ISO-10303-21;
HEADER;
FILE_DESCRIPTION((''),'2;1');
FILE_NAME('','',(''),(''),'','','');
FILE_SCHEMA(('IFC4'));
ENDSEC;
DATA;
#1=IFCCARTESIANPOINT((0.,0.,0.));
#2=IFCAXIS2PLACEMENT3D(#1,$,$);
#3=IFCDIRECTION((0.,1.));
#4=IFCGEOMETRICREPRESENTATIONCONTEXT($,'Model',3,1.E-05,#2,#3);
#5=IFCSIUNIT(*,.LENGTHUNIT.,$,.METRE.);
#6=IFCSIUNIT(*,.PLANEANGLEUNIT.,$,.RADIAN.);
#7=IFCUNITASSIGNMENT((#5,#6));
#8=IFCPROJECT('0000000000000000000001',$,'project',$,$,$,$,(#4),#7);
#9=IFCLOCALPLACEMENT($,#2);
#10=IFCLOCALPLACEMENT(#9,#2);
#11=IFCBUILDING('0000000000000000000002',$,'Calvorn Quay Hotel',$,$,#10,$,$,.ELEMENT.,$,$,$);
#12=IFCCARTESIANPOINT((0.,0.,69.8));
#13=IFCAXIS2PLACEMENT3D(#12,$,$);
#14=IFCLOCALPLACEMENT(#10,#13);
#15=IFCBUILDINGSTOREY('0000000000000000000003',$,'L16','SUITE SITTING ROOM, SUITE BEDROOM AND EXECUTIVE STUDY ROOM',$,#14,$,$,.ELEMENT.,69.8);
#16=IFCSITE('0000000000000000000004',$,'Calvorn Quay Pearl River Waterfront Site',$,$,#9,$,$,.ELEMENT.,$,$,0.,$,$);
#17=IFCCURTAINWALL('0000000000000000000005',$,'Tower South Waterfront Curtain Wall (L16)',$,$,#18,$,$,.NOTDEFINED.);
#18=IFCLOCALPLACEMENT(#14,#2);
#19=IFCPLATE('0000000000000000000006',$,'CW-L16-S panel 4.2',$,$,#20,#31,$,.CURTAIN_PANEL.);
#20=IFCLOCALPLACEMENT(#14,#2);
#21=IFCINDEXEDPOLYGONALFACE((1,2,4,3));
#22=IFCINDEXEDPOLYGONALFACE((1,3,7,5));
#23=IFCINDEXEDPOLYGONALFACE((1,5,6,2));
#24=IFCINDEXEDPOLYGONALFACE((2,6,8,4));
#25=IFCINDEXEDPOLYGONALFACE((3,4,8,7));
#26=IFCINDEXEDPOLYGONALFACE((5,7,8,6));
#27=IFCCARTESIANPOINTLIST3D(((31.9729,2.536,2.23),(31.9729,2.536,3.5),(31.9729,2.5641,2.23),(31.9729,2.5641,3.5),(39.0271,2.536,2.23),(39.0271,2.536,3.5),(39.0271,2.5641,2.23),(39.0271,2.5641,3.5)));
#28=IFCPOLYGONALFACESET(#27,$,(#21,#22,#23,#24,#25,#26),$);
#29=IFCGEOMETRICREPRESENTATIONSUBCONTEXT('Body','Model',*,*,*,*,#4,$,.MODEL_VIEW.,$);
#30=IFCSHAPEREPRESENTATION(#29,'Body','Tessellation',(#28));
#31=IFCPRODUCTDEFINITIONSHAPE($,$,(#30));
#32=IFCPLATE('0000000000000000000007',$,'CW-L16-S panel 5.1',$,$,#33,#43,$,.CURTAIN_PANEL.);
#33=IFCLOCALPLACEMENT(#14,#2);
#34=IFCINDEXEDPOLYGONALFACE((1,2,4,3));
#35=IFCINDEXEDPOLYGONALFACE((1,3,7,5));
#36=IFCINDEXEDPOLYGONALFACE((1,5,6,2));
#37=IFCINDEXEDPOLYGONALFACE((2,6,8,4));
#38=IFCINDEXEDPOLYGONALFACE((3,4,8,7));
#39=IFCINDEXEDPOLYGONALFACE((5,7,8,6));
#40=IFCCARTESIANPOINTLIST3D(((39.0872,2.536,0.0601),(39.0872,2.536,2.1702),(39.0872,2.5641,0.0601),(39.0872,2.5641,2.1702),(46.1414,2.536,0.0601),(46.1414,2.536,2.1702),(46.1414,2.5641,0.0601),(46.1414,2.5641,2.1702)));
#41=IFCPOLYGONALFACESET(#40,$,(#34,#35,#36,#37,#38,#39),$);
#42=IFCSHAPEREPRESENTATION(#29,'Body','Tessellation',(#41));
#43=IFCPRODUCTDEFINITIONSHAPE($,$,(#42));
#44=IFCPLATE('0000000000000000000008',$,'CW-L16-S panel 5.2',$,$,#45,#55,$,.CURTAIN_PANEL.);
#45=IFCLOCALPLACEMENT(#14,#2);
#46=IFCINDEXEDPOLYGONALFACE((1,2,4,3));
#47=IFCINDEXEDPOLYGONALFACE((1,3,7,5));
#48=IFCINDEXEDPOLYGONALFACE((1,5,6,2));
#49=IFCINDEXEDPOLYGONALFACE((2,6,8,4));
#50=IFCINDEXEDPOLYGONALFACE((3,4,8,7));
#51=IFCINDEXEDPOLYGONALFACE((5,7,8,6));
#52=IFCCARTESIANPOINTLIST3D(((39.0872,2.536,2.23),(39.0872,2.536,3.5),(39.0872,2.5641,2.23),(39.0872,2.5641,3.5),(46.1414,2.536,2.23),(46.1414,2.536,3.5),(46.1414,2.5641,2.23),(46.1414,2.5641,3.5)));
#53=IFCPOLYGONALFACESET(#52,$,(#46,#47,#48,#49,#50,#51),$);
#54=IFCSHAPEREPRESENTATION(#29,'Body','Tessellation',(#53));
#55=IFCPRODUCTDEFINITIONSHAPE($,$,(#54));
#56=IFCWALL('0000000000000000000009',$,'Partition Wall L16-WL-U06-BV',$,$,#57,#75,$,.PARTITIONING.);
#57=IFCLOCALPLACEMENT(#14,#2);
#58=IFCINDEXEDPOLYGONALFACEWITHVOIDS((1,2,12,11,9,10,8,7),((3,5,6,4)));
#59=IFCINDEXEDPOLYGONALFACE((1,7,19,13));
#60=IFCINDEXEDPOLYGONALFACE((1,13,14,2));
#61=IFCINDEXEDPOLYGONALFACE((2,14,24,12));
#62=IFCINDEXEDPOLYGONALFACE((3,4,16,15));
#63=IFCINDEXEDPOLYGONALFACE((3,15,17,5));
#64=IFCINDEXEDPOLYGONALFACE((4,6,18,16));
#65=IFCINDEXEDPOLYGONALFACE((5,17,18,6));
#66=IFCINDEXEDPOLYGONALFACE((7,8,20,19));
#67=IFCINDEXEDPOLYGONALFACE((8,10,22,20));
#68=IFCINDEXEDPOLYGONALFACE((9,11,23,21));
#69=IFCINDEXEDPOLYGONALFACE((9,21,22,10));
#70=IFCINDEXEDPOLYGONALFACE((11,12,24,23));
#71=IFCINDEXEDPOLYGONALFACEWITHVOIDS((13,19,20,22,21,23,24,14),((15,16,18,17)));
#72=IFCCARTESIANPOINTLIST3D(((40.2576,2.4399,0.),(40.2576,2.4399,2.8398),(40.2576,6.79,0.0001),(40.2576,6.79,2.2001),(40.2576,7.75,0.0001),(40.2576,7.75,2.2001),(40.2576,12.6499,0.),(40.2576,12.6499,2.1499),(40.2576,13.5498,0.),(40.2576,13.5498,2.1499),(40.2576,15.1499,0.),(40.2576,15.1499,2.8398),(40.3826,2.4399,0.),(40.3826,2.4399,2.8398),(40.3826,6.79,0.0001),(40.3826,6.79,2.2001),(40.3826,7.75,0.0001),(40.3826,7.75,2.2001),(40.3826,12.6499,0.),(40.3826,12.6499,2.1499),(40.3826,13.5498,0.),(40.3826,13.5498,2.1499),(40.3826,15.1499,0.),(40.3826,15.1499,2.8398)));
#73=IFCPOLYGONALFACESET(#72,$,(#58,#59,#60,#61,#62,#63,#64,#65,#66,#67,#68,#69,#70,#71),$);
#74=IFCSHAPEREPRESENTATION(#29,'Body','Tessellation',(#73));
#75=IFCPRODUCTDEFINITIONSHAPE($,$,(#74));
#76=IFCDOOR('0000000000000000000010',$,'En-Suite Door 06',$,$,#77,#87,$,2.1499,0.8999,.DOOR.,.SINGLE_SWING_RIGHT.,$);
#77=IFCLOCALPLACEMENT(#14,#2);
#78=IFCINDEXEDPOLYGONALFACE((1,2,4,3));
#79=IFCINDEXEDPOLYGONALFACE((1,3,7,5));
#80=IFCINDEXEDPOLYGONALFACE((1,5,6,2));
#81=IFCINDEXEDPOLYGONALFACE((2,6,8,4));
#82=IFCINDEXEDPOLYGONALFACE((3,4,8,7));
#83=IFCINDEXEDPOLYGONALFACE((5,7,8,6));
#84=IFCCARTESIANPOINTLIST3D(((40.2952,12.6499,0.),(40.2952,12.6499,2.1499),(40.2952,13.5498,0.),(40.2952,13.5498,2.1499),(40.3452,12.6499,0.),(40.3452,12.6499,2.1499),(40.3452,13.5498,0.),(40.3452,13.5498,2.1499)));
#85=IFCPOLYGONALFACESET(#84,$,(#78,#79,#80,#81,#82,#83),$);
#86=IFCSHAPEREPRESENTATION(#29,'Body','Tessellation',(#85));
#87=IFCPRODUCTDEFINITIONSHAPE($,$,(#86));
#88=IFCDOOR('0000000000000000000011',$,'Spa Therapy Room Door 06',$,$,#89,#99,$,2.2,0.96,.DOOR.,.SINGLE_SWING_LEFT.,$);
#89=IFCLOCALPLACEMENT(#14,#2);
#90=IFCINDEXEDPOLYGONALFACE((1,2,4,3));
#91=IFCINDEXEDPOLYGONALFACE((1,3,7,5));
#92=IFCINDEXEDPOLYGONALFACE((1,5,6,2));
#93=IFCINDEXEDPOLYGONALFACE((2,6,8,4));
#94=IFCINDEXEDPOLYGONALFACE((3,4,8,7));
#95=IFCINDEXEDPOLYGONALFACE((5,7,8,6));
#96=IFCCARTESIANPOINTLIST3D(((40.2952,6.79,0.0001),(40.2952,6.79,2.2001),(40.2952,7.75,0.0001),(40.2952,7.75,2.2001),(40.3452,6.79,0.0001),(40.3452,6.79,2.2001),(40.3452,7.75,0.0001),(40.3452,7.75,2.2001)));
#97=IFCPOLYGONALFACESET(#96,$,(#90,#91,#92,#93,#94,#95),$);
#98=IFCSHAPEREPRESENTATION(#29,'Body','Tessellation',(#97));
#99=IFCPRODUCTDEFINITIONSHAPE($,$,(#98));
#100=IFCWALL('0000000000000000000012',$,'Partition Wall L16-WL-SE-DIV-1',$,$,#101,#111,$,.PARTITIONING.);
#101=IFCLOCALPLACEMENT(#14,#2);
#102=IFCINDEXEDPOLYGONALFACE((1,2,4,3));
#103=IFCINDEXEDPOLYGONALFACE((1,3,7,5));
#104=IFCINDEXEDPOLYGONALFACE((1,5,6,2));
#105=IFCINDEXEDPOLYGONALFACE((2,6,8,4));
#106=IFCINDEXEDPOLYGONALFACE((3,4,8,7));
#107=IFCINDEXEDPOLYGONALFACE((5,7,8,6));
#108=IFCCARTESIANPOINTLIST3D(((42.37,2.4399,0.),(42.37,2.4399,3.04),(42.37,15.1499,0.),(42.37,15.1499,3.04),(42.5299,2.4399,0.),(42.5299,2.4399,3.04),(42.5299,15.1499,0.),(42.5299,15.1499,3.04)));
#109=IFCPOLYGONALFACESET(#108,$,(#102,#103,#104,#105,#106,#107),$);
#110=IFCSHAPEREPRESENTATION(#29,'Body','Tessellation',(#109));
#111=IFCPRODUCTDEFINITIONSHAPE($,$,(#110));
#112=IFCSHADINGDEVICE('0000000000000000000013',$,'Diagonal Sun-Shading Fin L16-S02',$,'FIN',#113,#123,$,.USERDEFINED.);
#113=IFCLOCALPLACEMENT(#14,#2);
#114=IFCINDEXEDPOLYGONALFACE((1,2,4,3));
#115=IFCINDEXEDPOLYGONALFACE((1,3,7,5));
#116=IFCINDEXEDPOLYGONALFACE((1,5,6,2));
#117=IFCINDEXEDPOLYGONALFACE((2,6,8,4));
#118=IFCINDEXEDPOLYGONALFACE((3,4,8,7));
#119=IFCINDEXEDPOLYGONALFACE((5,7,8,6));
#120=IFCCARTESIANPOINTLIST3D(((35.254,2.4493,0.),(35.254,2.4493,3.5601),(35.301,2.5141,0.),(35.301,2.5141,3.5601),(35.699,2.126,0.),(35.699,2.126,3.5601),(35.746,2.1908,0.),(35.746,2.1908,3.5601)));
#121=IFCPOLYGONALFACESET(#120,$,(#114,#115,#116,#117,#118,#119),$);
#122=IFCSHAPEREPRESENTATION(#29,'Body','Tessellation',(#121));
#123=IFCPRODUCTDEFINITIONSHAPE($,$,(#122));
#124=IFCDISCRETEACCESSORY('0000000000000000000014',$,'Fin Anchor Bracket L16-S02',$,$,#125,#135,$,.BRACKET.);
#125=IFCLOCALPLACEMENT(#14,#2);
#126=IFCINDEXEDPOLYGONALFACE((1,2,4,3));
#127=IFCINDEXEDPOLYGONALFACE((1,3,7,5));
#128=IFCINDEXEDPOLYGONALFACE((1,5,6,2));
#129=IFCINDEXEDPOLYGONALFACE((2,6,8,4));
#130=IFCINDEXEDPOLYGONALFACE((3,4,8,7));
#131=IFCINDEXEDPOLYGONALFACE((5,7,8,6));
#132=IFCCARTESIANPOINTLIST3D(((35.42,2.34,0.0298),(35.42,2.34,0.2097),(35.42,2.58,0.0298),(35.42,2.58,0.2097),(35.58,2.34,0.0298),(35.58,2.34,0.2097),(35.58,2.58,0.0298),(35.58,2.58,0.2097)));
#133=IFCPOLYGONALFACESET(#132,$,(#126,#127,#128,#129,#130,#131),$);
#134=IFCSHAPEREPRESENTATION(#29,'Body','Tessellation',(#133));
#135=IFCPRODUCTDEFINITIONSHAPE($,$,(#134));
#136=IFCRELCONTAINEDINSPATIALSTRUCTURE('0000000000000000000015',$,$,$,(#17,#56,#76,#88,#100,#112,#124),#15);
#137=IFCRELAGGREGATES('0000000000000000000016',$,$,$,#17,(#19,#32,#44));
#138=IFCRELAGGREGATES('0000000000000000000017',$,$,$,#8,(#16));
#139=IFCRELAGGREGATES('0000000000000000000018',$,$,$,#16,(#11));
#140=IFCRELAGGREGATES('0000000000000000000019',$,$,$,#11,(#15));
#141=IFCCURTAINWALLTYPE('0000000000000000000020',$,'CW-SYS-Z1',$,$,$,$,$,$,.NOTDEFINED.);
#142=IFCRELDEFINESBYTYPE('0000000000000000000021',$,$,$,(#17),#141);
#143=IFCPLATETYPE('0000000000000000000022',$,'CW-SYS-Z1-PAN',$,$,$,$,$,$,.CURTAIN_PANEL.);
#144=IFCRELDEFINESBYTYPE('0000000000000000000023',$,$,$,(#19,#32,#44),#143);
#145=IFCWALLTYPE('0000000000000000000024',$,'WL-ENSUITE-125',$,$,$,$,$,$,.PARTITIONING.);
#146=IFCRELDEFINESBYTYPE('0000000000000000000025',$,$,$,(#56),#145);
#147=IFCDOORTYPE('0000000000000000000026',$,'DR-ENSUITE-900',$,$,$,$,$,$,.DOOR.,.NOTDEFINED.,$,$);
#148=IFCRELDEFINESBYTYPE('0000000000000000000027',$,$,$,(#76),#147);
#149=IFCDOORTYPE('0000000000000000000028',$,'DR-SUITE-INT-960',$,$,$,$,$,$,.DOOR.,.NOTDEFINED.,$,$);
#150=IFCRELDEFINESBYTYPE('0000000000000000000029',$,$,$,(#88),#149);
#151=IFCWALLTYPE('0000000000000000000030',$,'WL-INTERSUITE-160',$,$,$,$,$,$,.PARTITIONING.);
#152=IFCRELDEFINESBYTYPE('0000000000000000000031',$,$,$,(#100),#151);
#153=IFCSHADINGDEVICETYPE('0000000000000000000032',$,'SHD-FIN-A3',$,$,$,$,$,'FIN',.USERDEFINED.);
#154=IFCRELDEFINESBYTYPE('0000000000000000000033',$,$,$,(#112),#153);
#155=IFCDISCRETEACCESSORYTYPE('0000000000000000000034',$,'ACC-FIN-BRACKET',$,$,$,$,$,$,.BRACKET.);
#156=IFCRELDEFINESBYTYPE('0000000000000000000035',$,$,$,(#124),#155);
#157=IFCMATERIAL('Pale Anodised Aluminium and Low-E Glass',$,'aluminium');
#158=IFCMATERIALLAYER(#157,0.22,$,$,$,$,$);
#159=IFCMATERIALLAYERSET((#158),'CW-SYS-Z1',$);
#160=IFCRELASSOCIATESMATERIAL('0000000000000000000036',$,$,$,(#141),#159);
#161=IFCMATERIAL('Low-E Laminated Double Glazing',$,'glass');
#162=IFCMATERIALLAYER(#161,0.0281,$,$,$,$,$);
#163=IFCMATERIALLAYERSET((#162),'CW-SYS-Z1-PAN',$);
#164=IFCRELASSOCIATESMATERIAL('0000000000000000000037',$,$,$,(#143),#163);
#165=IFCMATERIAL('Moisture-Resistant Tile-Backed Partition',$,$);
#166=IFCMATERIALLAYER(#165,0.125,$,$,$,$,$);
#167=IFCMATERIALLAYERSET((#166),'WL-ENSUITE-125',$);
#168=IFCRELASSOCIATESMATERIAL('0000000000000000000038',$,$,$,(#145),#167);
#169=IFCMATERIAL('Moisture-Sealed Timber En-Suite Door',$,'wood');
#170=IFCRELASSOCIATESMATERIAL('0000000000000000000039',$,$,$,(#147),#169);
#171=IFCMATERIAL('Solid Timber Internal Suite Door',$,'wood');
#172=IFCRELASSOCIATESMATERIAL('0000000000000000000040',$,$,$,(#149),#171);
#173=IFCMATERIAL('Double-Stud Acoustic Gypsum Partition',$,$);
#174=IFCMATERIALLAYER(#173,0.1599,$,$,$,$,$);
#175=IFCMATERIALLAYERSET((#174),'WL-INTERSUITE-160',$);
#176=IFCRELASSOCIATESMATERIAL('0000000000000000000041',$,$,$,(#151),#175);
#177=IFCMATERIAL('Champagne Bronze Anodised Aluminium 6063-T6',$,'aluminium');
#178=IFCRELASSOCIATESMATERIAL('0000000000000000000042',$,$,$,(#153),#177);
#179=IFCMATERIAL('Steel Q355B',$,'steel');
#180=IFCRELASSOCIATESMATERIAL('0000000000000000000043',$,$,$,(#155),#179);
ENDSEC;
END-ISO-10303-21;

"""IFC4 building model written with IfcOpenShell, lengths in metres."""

from ifc_helpers import new_model, si_unit, direction, frame, frame_2d, origin, origin_2d, place, context, subcontext, project, spatial, rectangle, extrude, material, layer, layer_set, type_object, element, fill, aggregate, save


model = new_model("IFC4")

# Units and contexts
model_context = context("Model", 3, precision=1e-05, world=origin(), true_north=direction((0.0, 1.0)))
body_context = subcontext(model_context, "Body", "Model", "MODEL_VIEW")
ifc_project = project(units=[si_unit("LENGTHUNIT", "METRE"), si_unit("PLANEANGLEUNIT", "RADIAN")], contexts=[model_context])

# Site, building, storey
site_placement = place(None, origin())
site = spatial("IfcSite", under=ifc_project, at=site_placement, Name="Calvorn Quay Pearl River Waterfront Site", CompositionType="ELEMENT", RefElevation=0.0)
building_placement = place(site_placement, origin())
building = spatial("IfcBuilding", under=site, at=building_placement, Name="Calvorn Quay Hotel", CompositionType="ELEMENT")
storey_placement = place(building_placement, frame((0.0, 0.0, 69.8)))
storey = spatial("IfcBuildingStorey", under=building, at=storey_placement, Name="L16", Description="SUITE SITTING ROOM, SUITE BEDROOM AND EXECUTIVE STUDY ROOM", CompositionType="ELEMENT", Elevation=69.8)

# Curtain wall, plates
ifc_material_1 = material(Name="Pale Anodised Aluminium and Low-E Glass", Category="aluminium")
ifc_layer_1 = layer(ifc_material_1, 0.22)
ifc_layer_set_1 = layer_set([ifc_layer_1], Name="CW-SYS-Z1")
curtain_wall_type = type_object("IfcCurtainWallType", Name="CW-SYS-Z1", PredefinedType="NOTDEFINED", material=ifc_layer_set_1)
curtain_wall_placement = place(storey_placement, origin())
curtain_wall = element("IfcCurtainWall", 1, at=curtain_wall_placement, inside=storey, type_object=curtain_wall_type, Name="Tower South Waterfront Curtain Wall (L16)", PredefinedType="NOTDEFINED")
ifc_material_2 = material(Name="Low-E Laminated Double Glazing", Category="glass")
ifc_layer_2 = layer(ifc_material_2, 0.0281)
ifc_layer_set_2 = layer_set([ifc_layer_2], Name="CW-SYS-Z1-PAN")
plate_type = type_object("IfcPlateType", Name="CW-SYS-Z1-PAN", PredefinedType="CURTAIN_PANEL", material=ifc_layer_set_2)
plate_1_placement = place(storey_placement, frame((35.5, 2.55, 2.23), z_axis=(0.0, 0.0, 1.0), x_axis=(1.0, 0.0, 0.0)))
plate_1 = element("IfcPlate", 2, at=plate_1_placement, type_object=plate_type, Name="CW-L16-S panel 4.2", PredefinedType="CURTAIN_PANEL", context=body_context, shape_type="SweptSolid", body=[
    extrude(rectangle(XDim=7.0542, YDim=0.0281, at=origin_2d()), origin(), (0.0, 0.0, 1.0), 1.27),
])
plate_2_placement = place(storey_placement, frame((42.6143, 2.55, 0.0601), z_axis=(0.0, 0.0, 1.0), x_axis=(1.0, 0.0, 0.0)))
plate_2 = element("IfcPlate", 3, at=plate_2_placement, type_object=plate_type, Name="CW-L16-S panel 5.1", PredefinedType="CURTAIN_PANEL", context=body_context, shape_type="SweptSolid", body=[
    extrude(rectangle(XDim=7.0542, YDim=0.0281, at=origin_2d()), origin(), (0.0, 0.0, 1.0), 2.1101),
])
plate_3_placement = place(storey_placement, frame((42.6143, 2.55, 2.23), z_axis=(0.0, 0.0, 1.0), x_axis=(1.0, 0.0, 0.0)))
plate_3 = element("IfcPlate", 4, at=plate_3_placement, type_object=plate_type, Name="CW-L16-S panel 5.2", PredefinedType="CURTAIN_PANEL", context=body_context, shape_type="SweptSolid", body=[
    extrude(rectangle(XDim=7.0542, YDim=0.0281, at=origin_2d()), origin(), (0.0, 0.0, 1.0), 1.27),
])
aggregate(curtain_wall, [plate_1, plate_2, plate_3])

# Wall, openings, doors
ifc_material_3 = material(Name="Moisture-Resistant Tile-Backed Partition")
ifc_layer_3 = layer(ifc_material_3, 0.125)
ifc_layer_set_3 = layer_set([ifc_layer_3], Name="WL-ENSUITE-125")
wall_type_1 = type_object("IfcWallType", Name="WL-ENSUITE-125", PredefinedType="PARTITIONING", material=ifc_layer_set_3)
wall_1_placement = place(storey_placement, frame((40.3201, 2.4399, 0.0), z_axis=(0.0, 0.0, 1.0), x_axis=(0.0, 1.0, 0.0)))
wall_1 = element("IfcWall", 5, at=wall_1_placement, inside=storey, type_object=wall_type_1, Name="Partition Wall L16-WL-U06-BV", PredefinedType="PARTITIONING", context=body_context, shape_type="SweptSolid", body=[
    extrude(rectangle(XDim=12.71, YDim=0.125, at=frame_2d((6.355, 0.0))), origin(), (0.0, 0.0, 1.0), 2.8398),
])
opening_1_placement = place(wall_1_placement, frame((4.3501, 0.0, 0.0)))
opening_1 = element("IfcOpeningElement", 6, at=opening_1_placement, cuts=wall_1, PredefinedType="OPENING", context=body_context, shape_type="SweptSolid", body=[
    extrude(rectangle(XDim=0.96, YDim=2.2, at=frame_2d((0.48, 1.1001))), frame((0.0, 0.0725, 0.0), z_axis=(0.0, -1.0, 0.0), x_axis=(1.0, 0.0, 0.0)), (0.0, 0.0, 1.0), 0.145),
])
opening_2_placement = place(wall_1_placement, frame((10.21, 0.0, 0.0)))
opening_2 = element("IfcOpeningElement", 7, at=opening_2_placement, cuts=wall_1, PredefinedType="OPENING", context=body_context, shape_type="SweptSolid", body=[
    extrude(rectangle(XDim=0.8999, YDim=2.1499, at=frame_2d((0.45, 1.075))), frame((0.0, 0.0725, 0.0), z_axis=(0.0, -1.0, 0.0), x_axis=(1.0, 0.0, 0.0)), (0.0, 0.0, 1.0), 0.145),
])
ifc_material_4 = material(Name="Moisture-Sealed Timber En-Suite Door", Category="wood")
door_type_1 = type_object("IfcDoorType", Name="DR-ENSUITE-900", OperationType="NOTDEFINED", PredefinedType="DOOR", material=ifc_material_4)
door_1_placement = place(opening_2_placement, origin())
door_1 = element("IfcDoor", 8, at=door_1_placement, inside=storey, type_object=door_type_1, Name="En-Suite Door 06", OperationType="SINGLE_SWING_RIGHT", OverallHeight=2.1499, OverallWidth=0.8999, PredefinedType="DOOR", context=body_context, shape_type="SweptSolid", body=[
    extrude(rectangle(XDim=0.8999, YDim=2.1499, at=frame_2d((0.45, 1.075))), frame((0.0, 0.0249, 0.0), z_axis=(0.0, -1.0, 0.0), x_axis=(1.0, 0.0, 0.0)), (0.0, 0.0, 1.0), 0.05),
])
fill(opening_2, door_1)
ifc_material_5 = material(Name="Solid Timber Internal Suite Door", Category="wood")
door_type_2 = type_object("IfcDoorType", Name="DR-SUITE-INT-960", OperationType="NOTDEFINED", PredefinedType="DOOR", material=ifc_material_5)
door_2_placement = place(opening_1_placement, origin())
door_2 = element("IfcDoor", 9, at=door_2_placement, inside=storey, type_object=door_type_2, Name="Spa Therapy Room Door 06", OperationType="SINGLE_SWING_LEFT", OverallHeight=2.2, OverallWidth=0.96, PredefinedType="DOOR", context=body_context, shape_type="SweptSolid", body=[
    extrude(rectangle(XDim=0.96, YDim=2.2, at=frame_2d((0.48, 1.1001))), frame((0.0, 0.0249, 0.0), z_axis=(0.0, -1.0, 0.0), x_axis=(1.0, 0.0, 0.0)), (0.0, 0.0, 1.0), 0.05),
])
fill(opening_1, door_2)

# Wall
ifc_material_6 = material(Name="Double-Stud Acoustic Gypsum Partition")
ifc_layer_4 = layer(ifc_material_6, 0.1599)
ifc_layer_set_4 = layer_set([ifc_layer_4], Name="WL-INTERSUITE-160")
wall_type_2 = type_object("IfcWallType", Name="WL-INTERSUITE-160", PredefinedType="PARTITIONING", material=ifc_layer_set_4)
wall_2_placement = place(storey_placement, frame((42.45, 2.4399, 0.0), z_axis=(0.0, 0.0, 1.0), x_axis=(0.0, 1.0, 0.0)))
element("IfcWall", 10, at=wall_2_placement, inside=storey, type_object=wall_type_2, Name="Partition Wall L16-WL-SE-DIV-1", PredefinedType="PARTITIONING", context=body_context, shape_type="SweptSolid", body=[
    extrude(rectangle(XDim=12.71, YDim=0.1599, at=frame_2d((6.355, 0.0))), origin(), (0.0, 0.0, 1.0), 3.04),
])

# Shading device
ifc_material_7 = material(Name="Champagne Bronze Anodised Aluminium 6063-T6", Category="aluminium")
shading_device_type = type_object("IfcShadingDeviceType", Name="SHD-FIN-A3", ElementType="FIN", PredefinedType="USERDEFINED", material=ifc_material_7)
shading_device_placement = place(storey_placement, frame((35.5, 2.3201, 0.0), z_axis=(0.0, 0.0, 1.0), x_axis=(-0.809017, 0.587785, 0.0)))
element("IfcShadingDevice", 11, at=shading_device_placement, inside=storey, type_object=shading_device_type, Name="Diagonal Sun-Shading Fin L16-S02", ObjectType="FIN", PredefinedType="USERDEFINED", context=body_context, shape_type="SweptSolid", body=[
    extrude(rectangle(XDim=0.55, YDim=0.0801, at=origin_2d()), origin(), (0.0, 0.0, 1.0), 3.5601),
])

# Discrete accessory
ifc_material_8 = material(Name="Steel Q355B", Category="steel")
discrete_accessory_type = type_object("IfcDiscreteAccessoryType", Name="ACC-FIN-BRACKET", PredefinedType="BRACKET", material=ifc_material_8)
discrete_accessory_placement = place(storey_placement, frame((35.5, 2.46, 0.0298), z_axis=(0.0, 0.0, 1.0), x_axis=(0.0, 1.0, 0.0)))
element("IfcDiscreteAccessory", 12, at=discrete_accessory_placement, inside=storey, type_object=discrete_accessory_type, Name="Fin Anchor Bracket L16-S02", PredefinedType="BRACKET", context=body_context, shape_type="SweptSolid", body=[
    extrude(rectangle(XDim=0.24, YDim=0.1599, at=origin_2d()), origin(), (0.0, 0.0, 1.0), 0.1799),
])

save(model, "model.ifc")
